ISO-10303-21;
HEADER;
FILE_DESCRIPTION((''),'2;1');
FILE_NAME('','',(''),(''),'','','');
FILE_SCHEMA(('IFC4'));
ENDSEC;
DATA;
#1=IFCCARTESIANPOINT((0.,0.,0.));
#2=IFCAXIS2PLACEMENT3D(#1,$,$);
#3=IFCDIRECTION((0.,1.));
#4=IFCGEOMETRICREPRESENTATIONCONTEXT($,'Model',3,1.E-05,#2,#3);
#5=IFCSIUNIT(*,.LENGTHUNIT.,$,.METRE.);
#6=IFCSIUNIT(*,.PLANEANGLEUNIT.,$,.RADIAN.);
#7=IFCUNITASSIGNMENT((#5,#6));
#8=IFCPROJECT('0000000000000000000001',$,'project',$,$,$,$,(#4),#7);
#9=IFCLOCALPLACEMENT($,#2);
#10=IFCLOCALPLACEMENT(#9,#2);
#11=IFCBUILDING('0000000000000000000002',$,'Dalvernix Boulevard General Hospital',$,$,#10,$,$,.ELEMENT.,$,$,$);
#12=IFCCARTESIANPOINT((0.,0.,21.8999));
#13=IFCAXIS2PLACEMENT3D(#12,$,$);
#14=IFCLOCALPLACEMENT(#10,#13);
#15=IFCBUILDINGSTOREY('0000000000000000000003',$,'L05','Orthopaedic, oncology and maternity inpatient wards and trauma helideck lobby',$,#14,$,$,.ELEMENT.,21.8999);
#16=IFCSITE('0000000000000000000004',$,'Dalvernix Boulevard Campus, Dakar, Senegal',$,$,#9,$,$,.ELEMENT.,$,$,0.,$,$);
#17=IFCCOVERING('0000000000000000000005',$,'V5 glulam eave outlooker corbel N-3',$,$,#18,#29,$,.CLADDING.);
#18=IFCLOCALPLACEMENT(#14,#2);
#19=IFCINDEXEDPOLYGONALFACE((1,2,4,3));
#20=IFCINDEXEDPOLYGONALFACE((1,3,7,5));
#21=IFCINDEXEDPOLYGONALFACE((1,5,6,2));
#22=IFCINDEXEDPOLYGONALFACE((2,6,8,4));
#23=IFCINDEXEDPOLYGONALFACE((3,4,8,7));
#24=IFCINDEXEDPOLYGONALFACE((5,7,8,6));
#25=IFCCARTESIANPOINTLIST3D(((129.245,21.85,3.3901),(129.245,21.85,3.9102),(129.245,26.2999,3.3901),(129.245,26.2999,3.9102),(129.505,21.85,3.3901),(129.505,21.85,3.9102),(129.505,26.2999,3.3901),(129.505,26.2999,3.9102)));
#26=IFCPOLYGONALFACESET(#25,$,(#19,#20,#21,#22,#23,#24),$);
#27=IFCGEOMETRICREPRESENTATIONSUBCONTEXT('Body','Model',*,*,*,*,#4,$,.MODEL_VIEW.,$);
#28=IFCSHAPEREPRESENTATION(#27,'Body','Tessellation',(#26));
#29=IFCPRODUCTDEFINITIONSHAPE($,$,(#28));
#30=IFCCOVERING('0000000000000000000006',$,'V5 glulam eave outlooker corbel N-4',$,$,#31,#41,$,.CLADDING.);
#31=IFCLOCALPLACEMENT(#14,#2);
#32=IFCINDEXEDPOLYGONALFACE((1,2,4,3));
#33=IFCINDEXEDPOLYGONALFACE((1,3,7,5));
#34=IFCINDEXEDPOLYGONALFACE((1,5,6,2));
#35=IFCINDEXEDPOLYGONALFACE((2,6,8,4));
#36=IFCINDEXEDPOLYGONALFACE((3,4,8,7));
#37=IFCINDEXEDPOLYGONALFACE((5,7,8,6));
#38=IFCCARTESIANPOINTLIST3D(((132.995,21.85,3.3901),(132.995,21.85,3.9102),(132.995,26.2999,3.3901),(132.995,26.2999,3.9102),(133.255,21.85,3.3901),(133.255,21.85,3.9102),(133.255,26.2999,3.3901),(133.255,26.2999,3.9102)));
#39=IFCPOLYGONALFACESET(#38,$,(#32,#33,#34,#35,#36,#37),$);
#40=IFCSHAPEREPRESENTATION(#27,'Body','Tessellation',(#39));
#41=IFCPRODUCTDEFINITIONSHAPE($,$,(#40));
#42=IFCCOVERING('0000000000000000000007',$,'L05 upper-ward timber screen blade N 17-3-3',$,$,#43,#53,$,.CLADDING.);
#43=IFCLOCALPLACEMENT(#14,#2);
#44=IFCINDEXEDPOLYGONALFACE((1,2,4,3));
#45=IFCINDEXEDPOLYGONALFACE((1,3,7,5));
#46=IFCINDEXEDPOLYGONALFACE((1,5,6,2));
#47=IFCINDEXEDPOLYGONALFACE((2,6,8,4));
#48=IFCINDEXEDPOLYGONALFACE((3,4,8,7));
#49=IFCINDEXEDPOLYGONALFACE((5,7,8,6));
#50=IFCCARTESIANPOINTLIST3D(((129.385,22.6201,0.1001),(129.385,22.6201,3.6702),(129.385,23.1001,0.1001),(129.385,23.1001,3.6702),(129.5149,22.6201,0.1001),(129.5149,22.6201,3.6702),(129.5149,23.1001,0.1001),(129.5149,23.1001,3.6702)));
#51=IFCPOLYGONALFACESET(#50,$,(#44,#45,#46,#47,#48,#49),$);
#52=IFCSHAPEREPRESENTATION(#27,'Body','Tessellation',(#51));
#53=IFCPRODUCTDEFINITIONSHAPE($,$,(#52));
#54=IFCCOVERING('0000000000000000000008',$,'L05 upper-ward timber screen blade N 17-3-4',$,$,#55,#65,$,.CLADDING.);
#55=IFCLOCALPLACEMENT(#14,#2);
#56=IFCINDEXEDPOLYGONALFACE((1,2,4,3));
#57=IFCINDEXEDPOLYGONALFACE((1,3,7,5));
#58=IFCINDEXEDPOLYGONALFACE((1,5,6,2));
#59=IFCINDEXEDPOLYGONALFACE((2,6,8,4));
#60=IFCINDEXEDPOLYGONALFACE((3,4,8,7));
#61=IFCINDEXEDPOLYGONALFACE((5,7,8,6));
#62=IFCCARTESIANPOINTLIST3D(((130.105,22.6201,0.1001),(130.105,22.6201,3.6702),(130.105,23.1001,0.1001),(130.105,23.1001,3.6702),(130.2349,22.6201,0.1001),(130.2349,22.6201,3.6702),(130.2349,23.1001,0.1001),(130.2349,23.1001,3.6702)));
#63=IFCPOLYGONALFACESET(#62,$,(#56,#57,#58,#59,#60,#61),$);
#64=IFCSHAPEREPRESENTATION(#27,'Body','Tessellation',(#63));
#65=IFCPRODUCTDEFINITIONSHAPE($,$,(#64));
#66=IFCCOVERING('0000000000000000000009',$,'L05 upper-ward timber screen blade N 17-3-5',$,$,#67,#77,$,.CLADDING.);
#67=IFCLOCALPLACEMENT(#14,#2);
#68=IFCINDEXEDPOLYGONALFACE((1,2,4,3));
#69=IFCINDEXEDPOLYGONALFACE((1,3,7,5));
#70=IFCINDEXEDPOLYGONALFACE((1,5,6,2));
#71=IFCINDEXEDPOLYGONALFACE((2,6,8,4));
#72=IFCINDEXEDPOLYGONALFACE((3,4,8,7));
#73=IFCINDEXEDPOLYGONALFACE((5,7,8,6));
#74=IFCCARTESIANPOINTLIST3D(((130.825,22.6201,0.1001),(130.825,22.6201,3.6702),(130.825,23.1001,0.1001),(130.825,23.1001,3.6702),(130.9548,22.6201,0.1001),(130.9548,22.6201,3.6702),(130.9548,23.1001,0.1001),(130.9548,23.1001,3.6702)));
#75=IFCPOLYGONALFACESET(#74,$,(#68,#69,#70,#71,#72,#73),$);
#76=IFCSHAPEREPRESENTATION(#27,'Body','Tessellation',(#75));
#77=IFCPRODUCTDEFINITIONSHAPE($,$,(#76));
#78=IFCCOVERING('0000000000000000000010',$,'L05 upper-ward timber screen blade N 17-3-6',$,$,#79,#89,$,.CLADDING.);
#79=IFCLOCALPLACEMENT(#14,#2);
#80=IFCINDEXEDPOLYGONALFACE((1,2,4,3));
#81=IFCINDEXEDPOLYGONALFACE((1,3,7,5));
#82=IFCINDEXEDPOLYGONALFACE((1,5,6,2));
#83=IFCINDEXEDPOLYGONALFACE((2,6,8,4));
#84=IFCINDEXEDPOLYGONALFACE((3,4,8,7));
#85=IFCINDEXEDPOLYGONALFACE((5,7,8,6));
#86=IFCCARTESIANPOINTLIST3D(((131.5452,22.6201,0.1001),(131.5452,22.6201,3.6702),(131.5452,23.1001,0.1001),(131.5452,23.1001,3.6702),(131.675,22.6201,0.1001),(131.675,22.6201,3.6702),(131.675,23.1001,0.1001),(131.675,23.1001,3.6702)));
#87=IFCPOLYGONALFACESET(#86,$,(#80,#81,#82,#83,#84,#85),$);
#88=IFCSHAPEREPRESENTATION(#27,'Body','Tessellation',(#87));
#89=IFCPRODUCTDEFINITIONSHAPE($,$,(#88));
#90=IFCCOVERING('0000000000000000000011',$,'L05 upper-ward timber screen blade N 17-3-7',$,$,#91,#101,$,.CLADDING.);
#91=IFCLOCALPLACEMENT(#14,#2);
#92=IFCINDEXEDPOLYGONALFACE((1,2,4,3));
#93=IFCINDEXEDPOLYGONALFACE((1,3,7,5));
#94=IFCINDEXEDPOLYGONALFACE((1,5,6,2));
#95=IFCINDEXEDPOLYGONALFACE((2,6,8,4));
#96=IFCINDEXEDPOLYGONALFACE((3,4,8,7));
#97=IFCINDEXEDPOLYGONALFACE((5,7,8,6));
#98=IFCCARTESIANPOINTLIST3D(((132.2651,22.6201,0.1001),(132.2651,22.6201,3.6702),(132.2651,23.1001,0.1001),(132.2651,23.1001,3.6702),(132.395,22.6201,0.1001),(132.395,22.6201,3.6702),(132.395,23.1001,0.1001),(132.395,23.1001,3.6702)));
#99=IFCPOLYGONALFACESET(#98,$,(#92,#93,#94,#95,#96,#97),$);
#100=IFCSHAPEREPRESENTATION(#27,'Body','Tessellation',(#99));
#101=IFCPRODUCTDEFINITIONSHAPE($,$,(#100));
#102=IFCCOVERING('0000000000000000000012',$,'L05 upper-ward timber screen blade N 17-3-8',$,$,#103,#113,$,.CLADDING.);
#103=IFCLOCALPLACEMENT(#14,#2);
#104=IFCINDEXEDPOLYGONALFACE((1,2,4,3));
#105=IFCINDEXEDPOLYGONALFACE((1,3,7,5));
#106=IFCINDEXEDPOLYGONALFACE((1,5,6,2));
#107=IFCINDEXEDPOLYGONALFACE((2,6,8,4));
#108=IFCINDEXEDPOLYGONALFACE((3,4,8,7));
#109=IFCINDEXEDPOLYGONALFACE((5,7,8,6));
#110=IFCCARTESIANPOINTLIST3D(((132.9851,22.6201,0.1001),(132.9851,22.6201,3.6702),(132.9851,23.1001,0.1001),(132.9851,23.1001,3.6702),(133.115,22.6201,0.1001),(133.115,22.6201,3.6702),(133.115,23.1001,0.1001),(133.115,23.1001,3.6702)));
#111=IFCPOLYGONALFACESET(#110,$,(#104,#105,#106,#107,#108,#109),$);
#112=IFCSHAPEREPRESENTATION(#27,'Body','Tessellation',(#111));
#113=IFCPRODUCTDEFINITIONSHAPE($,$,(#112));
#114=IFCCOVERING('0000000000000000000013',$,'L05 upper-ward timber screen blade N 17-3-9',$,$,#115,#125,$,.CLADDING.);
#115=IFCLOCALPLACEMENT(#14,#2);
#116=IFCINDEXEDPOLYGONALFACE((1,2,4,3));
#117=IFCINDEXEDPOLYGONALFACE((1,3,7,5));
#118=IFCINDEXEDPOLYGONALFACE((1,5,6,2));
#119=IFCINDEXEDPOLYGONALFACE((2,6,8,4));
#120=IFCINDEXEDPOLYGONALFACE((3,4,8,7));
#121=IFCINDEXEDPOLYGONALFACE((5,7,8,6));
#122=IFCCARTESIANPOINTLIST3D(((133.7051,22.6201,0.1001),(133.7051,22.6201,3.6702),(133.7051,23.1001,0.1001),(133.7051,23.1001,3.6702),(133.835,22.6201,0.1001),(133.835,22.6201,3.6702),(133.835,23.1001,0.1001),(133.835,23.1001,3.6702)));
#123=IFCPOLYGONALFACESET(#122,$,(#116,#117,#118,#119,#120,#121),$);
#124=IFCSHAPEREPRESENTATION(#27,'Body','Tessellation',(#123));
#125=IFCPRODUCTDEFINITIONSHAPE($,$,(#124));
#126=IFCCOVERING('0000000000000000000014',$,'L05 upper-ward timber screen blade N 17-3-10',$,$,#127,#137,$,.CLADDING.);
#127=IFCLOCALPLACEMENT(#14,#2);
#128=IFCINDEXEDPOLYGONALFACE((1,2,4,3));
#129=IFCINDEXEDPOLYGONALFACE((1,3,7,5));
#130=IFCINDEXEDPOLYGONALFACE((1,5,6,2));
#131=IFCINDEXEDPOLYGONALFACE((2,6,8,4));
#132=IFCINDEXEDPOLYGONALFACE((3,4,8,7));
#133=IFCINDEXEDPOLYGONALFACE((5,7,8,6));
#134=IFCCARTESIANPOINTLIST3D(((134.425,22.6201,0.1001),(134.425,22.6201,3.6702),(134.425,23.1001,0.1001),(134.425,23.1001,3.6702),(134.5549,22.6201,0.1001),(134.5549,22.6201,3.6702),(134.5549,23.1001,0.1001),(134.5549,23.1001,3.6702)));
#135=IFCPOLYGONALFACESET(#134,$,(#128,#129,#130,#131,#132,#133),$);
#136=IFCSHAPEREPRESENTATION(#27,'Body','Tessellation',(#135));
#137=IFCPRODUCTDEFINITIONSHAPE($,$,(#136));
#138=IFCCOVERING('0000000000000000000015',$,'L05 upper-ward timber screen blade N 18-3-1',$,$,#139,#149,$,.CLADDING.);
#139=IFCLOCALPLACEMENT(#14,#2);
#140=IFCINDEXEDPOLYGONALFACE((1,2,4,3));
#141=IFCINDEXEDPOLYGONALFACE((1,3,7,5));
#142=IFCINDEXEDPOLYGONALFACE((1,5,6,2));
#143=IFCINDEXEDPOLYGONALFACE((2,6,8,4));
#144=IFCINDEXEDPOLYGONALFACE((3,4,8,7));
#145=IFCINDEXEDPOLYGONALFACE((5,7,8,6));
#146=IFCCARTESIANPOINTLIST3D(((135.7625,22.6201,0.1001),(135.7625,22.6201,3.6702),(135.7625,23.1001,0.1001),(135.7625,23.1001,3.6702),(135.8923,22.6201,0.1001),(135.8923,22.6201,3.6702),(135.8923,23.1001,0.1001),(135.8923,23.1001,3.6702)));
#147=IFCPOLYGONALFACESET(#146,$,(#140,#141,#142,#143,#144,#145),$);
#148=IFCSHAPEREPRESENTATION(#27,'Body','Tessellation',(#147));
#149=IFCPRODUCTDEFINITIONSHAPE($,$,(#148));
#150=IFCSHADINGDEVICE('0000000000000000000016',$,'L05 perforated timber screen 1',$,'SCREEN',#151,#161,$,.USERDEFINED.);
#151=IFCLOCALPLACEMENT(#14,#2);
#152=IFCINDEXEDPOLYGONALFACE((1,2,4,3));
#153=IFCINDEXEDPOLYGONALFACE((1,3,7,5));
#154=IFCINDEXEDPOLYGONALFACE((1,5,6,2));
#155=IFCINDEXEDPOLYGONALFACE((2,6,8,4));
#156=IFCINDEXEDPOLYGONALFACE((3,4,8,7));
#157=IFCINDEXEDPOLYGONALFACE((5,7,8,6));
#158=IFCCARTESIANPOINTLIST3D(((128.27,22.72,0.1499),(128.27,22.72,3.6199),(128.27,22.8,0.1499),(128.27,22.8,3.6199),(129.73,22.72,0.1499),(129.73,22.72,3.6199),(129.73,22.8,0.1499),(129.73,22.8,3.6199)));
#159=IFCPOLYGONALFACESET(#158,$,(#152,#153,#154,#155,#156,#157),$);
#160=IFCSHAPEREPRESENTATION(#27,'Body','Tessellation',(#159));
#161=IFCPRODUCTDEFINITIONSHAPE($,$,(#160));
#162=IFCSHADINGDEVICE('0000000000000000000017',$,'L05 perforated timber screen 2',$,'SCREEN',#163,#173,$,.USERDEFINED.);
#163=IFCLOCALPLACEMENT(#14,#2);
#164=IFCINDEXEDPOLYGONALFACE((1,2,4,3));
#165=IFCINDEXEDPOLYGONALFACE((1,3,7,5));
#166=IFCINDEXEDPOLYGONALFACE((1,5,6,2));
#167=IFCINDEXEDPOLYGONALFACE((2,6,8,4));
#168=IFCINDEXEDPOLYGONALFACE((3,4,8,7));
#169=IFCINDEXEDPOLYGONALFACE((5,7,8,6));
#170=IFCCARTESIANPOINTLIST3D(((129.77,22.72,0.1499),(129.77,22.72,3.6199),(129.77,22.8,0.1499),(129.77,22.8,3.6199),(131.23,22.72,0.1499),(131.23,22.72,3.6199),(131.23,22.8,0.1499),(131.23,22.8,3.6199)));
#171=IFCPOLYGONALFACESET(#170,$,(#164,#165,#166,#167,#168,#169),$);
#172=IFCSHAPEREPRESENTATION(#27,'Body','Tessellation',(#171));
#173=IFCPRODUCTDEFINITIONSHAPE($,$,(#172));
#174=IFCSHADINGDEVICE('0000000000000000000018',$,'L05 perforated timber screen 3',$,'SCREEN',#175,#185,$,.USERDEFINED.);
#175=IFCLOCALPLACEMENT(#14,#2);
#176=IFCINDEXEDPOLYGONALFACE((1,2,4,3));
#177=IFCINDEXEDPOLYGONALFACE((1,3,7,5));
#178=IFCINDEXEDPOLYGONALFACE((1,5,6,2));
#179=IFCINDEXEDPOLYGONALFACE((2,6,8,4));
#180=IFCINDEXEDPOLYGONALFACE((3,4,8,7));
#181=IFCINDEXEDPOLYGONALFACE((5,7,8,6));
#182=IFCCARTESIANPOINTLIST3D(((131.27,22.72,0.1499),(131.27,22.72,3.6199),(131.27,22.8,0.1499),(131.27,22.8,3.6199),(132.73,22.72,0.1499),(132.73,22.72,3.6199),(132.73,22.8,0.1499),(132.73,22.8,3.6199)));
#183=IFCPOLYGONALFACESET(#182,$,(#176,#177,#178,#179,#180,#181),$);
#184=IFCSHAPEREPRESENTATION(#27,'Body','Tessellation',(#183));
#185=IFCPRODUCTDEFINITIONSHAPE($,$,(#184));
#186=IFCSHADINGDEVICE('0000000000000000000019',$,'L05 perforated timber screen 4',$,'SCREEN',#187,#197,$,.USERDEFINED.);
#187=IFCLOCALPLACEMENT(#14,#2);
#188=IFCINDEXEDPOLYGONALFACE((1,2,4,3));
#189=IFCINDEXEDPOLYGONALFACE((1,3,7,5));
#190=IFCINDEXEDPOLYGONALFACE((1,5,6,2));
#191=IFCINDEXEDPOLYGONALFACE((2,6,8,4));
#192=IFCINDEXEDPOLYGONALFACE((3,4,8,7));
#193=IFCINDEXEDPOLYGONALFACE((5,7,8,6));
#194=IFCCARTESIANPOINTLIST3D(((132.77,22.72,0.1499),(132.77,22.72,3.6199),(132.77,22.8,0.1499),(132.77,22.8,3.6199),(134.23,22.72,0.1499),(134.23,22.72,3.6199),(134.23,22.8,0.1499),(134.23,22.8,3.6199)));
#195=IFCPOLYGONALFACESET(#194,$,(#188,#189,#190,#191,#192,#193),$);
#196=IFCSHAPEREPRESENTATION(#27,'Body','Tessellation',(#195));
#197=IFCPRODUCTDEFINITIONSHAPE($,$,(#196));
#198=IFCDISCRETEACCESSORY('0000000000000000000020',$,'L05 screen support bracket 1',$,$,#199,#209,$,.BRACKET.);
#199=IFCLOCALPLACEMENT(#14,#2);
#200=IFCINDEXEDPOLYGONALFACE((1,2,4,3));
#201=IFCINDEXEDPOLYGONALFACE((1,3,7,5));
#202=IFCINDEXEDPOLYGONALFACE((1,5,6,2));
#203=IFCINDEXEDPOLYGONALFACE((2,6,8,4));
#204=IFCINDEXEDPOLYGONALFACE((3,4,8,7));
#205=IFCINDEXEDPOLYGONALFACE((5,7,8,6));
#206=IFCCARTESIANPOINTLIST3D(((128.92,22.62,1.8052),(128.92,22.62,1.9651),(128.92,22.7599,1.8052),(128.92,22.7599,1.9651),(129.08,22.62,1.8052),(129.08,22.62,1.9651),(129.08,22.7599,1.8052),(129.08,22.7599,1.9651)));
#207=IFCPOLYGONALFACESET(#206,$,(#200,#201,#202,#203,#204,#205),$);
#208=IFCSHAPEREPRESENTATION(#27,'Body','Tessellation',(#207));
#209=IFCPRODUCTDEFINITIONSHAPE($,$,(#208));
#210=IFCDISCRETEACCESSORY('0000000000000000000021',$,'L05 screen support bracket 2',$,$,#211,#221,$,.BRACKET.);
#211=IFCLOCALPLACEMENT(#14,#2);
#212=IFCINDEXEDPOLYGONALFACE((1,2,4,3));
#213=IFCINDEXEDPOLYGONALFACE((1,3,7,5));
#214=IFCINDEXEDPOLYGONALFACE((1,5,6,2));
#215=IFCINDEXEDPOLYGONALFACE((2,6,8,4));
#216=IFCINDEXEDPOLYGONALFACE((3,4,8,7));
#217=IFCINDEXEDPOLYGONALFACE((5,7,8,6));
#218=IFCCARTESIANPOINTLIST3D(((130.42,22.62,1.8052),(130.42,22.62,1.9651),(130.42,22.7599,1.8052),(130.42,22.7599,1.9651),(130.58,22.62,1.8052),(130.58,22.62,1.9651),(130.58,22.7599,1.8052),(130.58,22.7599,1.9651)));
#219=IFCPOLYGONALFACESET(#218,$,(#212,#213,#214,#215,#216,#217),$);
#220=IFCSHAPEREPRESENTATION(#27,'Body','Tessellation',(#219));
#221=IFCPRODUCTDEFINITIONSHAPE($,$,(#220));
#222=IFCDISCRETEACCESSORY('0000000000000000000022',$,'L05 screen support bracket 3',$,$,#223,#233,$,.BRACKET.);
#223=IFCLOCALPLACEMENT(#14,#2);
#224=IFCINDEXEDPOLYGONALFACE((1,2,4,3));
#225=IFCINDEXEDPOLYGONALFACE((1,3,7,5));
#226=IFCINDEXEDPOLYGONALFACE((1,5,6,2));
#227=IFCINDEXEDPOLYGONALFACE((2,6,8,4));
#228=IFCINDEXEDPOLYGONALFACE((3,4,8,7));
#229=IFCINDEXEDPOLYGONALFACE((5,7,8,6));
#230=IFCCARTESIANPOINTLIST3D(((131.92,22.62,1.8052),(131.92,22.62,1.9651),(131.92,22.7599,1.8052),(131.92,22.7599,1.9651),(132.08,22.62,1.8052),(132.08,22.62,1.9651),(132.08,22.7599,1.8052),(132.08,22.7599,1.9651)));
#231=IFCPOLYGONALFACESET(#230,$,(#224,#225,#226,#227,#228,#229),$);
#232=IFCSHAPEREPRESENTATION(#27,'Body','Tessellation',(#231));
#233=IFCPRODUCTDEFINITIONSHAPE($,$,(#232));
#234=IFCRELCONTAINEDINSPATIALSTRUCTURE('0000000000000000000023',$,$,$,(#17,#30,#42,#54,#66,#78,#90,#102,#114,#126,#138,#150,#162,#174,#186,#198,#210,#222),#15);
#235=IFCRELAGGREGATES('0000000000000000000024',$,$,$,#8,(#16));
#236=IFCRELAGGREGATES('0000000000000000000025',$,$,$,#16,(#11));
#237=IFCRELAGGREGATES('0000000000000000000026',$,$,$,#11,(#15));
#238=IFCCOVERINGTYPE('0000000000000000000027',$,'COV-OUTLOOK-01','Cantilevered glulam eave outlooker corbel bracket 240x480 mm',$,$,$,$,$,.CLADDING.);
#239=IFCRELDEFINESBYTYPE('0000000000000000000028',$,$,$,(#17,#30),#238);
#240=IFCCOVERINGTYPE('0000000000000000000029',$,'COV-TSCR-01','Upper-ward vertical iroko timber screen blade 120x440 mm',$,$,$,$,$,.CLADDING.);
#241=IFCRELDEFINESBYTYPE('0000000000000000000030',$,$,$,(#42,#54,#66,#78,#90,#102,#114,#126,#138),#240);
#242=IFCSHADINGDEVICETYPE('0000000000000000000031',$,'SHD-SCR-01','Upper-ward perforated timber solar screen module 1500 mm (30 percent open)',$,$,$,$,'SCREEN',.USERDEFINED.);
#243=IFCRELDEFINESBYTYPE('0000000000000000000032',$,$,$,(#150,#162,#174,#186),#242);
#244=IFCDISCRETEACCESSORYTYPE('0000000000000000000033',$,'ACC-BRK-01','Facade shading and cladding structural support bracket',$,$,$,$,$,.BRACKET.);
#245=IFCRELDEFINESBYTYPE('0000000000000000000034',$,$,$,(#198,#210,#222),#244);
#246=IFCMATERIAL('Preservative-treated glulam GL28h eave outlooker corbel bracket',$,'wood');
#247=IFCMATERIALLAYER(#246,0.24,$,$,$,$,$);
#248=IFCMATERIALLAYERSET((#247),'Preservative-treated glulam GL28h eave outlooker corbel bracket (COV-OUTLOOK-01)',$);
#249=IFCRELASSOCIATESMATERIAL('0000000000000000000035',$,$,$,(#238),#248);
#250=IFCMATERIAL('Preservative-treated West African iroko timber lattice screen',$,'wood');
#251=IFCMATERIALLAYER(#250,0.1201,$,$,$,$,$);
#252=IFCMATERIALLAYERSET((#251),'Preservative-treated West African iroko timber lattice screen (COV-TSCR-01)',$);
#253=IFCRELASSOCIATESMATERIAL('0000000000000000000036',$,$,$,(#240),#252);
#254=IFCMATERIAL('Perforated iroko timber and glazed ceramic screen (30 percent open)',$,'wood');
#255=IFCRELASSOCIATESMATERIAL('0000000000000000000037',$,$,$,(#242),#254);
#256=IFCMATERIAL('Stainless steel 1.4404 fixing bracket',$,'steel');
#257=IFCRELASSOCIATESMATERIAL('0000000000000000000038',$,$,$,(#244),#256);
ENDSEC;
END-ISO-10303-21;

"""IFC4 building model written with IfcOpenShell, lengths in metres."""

from ifc_helpers import new_model, si_unit, direction, frame, origin, origin_2d, place, context, subcontext, project, spatial, rectangle, extrude, material, layer, layer_set, type_object, element, save


model = new_model("IFC4")

# Units and contexts
model_context = context("Model", 3, precision=1e-05, world=origin(), true_north=direction((0.0, 1.0)))
body_context = subcontext(model_context, "Body", "Model", "MODEL_VIEW")
ifc_project = project(units=[si_unit("LENGTHUNIT", "METRE"), si_unit("PLANEANGLEUNIT", "RADIAN")], contexts=[model_context])

# Site, building, storey
site_placement = place(None, origin())
site = spatial("IfcSite", under=ifc_project, at=site_placement, Name="Dalvernix Boulevard Campus, Dakar, Senegal", CompositionType="ELEMENT", RefElevation=0.0)
building_placement = place(site_placement, origin())
building = spatial("IfcBuilding", under=site, at=building_placement, Name="Dalvernix Boulevard General Hospital", CompositionType="ELEMENT")
storey_placement = place(building_placement, frame((0.0, 0.0, 21.8999)))
storey = spatial("IfcBuildingStorey", under=building, at=storey_placement, Name="L05", Description="Orthopaedic, oncology and maternity inpatient wards and trauma helideck lobby", CompositionType="ELEMENT", Elevation=21.8999)

# Coverings
ifc_material_1 = material(Name="Preservative-treated glulam GL28h eave outlooker corbel bracket", Category="wood")
ifc_layer_1 = layer(ifc_material_1, 0.24)
ifc_layer_set_1 = layer_set([ifc_layer_1], Name="Preservative-treated glulam GL28h eave outlooker corbel bracket (COV-OUTLOOK-01)")
covering_type_1 = type_object("IfcCoveringType", Name="COV-OUTLOOK-01", Description="Cantilevered glulam eave outlooker corbel bracket 240x480 mm", PredefinedType="CLADDING", material=ifc_layer_set_1)
for number, where, z_axis, x_axis, name in (
    (1, (129.375, 24.075, 3.3901), (0.0, 0.0, 1.0), (1.0, 0.0, 0.0), "V5 glulam eave outlooker corbel N-3"),
    (2, (133.125, 24.075, 3.3901), (0.0, 0.0, 1.0), (1.0, 0.0, 0.0), "V5 glulam eave outlooker corbel N-4"),
):
    element("IfcCovering", number, at=place(storey_placement, frame(where, z_axis=z_axis, x_axis=x_axis)), inside=storey, type_object=covering_type_1, Name=name, PredefinedType="CLADDING", context=body_context, shape_type="SweptSolid", body=[
        extrude(rectangle(XDim=0.26, YDim=4.45, at=origin_2d()), origin(), (0.0, 0.0, 1.0), 0.52),
    ])
ifc_material_2 = material(Name="Preservative-treated West African iroko timber lattice screen", Category="wood")
ifc_layer_2 = layer(ifc_material_2, 0.1201)
ifc_layer_set_2 = layer_set([ifc_layer_2], Name="Preservative-treated West African iroko timber lattice screen (COV-TSCR-01)")
covering_type_2 = type_object("IfcCoveringType", Name="COV-TSCR-01", Description="Upper-ward vertical iroko timber screen blade 120x440 mm", PredefinedType="CLADDING", material=ifc_layer_set_2)
for number, where, z_axis, x_axis, name in (
    (3, (129.45, 22.8601, 0.1001), (0.0, 0.0, 1.0), (1.0, 0.0, 0.0), "L05 upper-ward timber screen blade N 17-3-3"),
    (4, (130.1699, 22.8601, 0.1001), (0.0, 0.0, 1.0), (1.0, 0.0, 0.0), "L05 upper-ward timber screen blade N 17-3-4"),
    (5, (130.8899, 22.8601, 0.1001), (0.0, 0.0, 1.0), (1.0, 0.0, 0.0), "L05 upper-ward timber screen blade N 17-3-5"),
    (6, (131.6101, 22.8601, 0.1001), (0.0, 0.0, 1.0), (1.0, 0.0, 0.0), "L05 upper-ward timber screen blade N 17-3-6"),
    (7, (132.3301, 22.8601, 0.1001), (0.0, 0.0, 1.0), (1.0, 0.0, 0.0), "L05 upper-ward timber screen blade N 17-3-7"),
    (8, (133.05, 22.8601, 0.1001), (0.0, 0.0, 1.0), (1.0, 0.0, 0.0), "L05 upper-ward timber screen blade N 17-3-8"),
    (9, (133.77, 22.8601, 0.1001), (0.0, 0.0, 1.0), (1.0, 0.0, 0.0), "L05 upper-ward timber screen blade N 17-3-9"),
    (10, (134.49, 22.8601, 0.1001), (0.0, 0.0, 1.0), (1.0, 0.0, 0.0), "L05 upper-ward timber screen blade N 17-3-10"),
    (11, (135.8274, 22.8601, 0.1001), (0.0, 0.0, 1.0), (1.0, 0.0, 0.0), "L05 upper-ward timber screen blade N 18-3-1"),
):
    element("IfcCovering", number, at=place(storey_placement, frame(where, z_axis=z_axis, x_axis=x_axis)), inside=storey, type_object=covering_type_2, Name=name, PredefinedType="CLADDING", context=body_context, shape_type="SweptSolid", body=[
        extrude(rectangle(XDim=0.1299, YDim=0.48, at=origin_2d()), origin(), (0.0, 0.0, 1.0), 3.5701),
    ])

# Shading devices
ifc_material_3 = material(Name="Perforated iroko timber and glazed ceramic screen (30 percent open)", Category="wood")
shading_device_type = type_object("IfcShadingDeviceType", Name="SHD-SCR-01", Description="Upper-ward perforated timber solar screen module 1500 mm (30 percent open)", ElementType="SCREEN", PredefinedType="USERDEFINED", material=ifc_material_3)
for number, where, z_axis, x_axis, name in (
    (12, (129.0, 22.76, 0.1499), (0.0, 0.0, 1.0), (1.0, 0.0, 0.0), "L05 perforated timber screen 1"),
    (13, (130.5, 22.76, 0.1499), (0.0, 0.0, 1.0), (1.0, 0.0, 0.0), "L05 perforated timber screen 2"),
    (14, (132.0, 22.76, 0.1499), (0.0, 0.0, 1.0), (1.0, 0.0, 0.0), "L05 perforated timber screen 3"),
    (15, (133.5, 22.76, 0.1499), (0.0, 0.0, 1.0), (1.0, 0.0, 0.0), "L05 perforated timber screen 4"),
):
    element("IfcShadingDevice", number, at=place(storey_placement, frame(where, z_axis=z_axis, x_axis=x_axis)), inside=storey, type_object=shading_device_type, Name=name, ObjectType="SCREEN", PredefinedType="USERDEFINED", context=body_context, shape_type="SweptSolid", body=[
        extrude(rectangle(XDim=1.46, YDim=0.0801, at=origin_2d()), origin(), (0.0, 0.0, 1.0), 3.47),
    ])

# Discrete accessories
ifc_material_4 = material(Name="Stainless steel 1.4404 fixing bracket", Category="steel")
discrete_accessory_type = type_object("IfcDiscreteAccessoryType", Name="ACC-BRK-01", Description="Facade shading and cladding structural support bracket", PredefinedType="BRACKET", material=ifc_material_4)
for number, where, z_axis, x_axis, name in (
    (16, (129.0, 22.6899, 1.8052), (0.0, 0.0, 1.0), (1.0, 0.0, 0.0), "L05 screen support bracket 1"),
    (17, (130.5, 22.6899, 1.8052), (0.0, 0.0, 1.0), (1.0, 0.0, 0.0), "L05 screen support bracket 2"),
    (18, (132.0, 22.6899, 1.8052), (0.0, 0.0, 1.0), (1.0, 0.0, 0.0), "L05 screen support bracket 3"),
):
    element("IfcDiscreteAccessory", number, at=place(storey_placement, frame(where, z_axis=z_axis, x_axis=x_axis)), inside=storey, type_object=discrete_accessory_type, Name=name, PredefinedType="BRACKET", context=body_context, shape_type="SweptSolid", body=[
        extrude(rectangle(XDim=0.1599, YDim=0.1399, at=origin_2d()), origin(), (0.0, 0.0, 1.0), 0.1599),
    ])

save(model, "model.ifc")
